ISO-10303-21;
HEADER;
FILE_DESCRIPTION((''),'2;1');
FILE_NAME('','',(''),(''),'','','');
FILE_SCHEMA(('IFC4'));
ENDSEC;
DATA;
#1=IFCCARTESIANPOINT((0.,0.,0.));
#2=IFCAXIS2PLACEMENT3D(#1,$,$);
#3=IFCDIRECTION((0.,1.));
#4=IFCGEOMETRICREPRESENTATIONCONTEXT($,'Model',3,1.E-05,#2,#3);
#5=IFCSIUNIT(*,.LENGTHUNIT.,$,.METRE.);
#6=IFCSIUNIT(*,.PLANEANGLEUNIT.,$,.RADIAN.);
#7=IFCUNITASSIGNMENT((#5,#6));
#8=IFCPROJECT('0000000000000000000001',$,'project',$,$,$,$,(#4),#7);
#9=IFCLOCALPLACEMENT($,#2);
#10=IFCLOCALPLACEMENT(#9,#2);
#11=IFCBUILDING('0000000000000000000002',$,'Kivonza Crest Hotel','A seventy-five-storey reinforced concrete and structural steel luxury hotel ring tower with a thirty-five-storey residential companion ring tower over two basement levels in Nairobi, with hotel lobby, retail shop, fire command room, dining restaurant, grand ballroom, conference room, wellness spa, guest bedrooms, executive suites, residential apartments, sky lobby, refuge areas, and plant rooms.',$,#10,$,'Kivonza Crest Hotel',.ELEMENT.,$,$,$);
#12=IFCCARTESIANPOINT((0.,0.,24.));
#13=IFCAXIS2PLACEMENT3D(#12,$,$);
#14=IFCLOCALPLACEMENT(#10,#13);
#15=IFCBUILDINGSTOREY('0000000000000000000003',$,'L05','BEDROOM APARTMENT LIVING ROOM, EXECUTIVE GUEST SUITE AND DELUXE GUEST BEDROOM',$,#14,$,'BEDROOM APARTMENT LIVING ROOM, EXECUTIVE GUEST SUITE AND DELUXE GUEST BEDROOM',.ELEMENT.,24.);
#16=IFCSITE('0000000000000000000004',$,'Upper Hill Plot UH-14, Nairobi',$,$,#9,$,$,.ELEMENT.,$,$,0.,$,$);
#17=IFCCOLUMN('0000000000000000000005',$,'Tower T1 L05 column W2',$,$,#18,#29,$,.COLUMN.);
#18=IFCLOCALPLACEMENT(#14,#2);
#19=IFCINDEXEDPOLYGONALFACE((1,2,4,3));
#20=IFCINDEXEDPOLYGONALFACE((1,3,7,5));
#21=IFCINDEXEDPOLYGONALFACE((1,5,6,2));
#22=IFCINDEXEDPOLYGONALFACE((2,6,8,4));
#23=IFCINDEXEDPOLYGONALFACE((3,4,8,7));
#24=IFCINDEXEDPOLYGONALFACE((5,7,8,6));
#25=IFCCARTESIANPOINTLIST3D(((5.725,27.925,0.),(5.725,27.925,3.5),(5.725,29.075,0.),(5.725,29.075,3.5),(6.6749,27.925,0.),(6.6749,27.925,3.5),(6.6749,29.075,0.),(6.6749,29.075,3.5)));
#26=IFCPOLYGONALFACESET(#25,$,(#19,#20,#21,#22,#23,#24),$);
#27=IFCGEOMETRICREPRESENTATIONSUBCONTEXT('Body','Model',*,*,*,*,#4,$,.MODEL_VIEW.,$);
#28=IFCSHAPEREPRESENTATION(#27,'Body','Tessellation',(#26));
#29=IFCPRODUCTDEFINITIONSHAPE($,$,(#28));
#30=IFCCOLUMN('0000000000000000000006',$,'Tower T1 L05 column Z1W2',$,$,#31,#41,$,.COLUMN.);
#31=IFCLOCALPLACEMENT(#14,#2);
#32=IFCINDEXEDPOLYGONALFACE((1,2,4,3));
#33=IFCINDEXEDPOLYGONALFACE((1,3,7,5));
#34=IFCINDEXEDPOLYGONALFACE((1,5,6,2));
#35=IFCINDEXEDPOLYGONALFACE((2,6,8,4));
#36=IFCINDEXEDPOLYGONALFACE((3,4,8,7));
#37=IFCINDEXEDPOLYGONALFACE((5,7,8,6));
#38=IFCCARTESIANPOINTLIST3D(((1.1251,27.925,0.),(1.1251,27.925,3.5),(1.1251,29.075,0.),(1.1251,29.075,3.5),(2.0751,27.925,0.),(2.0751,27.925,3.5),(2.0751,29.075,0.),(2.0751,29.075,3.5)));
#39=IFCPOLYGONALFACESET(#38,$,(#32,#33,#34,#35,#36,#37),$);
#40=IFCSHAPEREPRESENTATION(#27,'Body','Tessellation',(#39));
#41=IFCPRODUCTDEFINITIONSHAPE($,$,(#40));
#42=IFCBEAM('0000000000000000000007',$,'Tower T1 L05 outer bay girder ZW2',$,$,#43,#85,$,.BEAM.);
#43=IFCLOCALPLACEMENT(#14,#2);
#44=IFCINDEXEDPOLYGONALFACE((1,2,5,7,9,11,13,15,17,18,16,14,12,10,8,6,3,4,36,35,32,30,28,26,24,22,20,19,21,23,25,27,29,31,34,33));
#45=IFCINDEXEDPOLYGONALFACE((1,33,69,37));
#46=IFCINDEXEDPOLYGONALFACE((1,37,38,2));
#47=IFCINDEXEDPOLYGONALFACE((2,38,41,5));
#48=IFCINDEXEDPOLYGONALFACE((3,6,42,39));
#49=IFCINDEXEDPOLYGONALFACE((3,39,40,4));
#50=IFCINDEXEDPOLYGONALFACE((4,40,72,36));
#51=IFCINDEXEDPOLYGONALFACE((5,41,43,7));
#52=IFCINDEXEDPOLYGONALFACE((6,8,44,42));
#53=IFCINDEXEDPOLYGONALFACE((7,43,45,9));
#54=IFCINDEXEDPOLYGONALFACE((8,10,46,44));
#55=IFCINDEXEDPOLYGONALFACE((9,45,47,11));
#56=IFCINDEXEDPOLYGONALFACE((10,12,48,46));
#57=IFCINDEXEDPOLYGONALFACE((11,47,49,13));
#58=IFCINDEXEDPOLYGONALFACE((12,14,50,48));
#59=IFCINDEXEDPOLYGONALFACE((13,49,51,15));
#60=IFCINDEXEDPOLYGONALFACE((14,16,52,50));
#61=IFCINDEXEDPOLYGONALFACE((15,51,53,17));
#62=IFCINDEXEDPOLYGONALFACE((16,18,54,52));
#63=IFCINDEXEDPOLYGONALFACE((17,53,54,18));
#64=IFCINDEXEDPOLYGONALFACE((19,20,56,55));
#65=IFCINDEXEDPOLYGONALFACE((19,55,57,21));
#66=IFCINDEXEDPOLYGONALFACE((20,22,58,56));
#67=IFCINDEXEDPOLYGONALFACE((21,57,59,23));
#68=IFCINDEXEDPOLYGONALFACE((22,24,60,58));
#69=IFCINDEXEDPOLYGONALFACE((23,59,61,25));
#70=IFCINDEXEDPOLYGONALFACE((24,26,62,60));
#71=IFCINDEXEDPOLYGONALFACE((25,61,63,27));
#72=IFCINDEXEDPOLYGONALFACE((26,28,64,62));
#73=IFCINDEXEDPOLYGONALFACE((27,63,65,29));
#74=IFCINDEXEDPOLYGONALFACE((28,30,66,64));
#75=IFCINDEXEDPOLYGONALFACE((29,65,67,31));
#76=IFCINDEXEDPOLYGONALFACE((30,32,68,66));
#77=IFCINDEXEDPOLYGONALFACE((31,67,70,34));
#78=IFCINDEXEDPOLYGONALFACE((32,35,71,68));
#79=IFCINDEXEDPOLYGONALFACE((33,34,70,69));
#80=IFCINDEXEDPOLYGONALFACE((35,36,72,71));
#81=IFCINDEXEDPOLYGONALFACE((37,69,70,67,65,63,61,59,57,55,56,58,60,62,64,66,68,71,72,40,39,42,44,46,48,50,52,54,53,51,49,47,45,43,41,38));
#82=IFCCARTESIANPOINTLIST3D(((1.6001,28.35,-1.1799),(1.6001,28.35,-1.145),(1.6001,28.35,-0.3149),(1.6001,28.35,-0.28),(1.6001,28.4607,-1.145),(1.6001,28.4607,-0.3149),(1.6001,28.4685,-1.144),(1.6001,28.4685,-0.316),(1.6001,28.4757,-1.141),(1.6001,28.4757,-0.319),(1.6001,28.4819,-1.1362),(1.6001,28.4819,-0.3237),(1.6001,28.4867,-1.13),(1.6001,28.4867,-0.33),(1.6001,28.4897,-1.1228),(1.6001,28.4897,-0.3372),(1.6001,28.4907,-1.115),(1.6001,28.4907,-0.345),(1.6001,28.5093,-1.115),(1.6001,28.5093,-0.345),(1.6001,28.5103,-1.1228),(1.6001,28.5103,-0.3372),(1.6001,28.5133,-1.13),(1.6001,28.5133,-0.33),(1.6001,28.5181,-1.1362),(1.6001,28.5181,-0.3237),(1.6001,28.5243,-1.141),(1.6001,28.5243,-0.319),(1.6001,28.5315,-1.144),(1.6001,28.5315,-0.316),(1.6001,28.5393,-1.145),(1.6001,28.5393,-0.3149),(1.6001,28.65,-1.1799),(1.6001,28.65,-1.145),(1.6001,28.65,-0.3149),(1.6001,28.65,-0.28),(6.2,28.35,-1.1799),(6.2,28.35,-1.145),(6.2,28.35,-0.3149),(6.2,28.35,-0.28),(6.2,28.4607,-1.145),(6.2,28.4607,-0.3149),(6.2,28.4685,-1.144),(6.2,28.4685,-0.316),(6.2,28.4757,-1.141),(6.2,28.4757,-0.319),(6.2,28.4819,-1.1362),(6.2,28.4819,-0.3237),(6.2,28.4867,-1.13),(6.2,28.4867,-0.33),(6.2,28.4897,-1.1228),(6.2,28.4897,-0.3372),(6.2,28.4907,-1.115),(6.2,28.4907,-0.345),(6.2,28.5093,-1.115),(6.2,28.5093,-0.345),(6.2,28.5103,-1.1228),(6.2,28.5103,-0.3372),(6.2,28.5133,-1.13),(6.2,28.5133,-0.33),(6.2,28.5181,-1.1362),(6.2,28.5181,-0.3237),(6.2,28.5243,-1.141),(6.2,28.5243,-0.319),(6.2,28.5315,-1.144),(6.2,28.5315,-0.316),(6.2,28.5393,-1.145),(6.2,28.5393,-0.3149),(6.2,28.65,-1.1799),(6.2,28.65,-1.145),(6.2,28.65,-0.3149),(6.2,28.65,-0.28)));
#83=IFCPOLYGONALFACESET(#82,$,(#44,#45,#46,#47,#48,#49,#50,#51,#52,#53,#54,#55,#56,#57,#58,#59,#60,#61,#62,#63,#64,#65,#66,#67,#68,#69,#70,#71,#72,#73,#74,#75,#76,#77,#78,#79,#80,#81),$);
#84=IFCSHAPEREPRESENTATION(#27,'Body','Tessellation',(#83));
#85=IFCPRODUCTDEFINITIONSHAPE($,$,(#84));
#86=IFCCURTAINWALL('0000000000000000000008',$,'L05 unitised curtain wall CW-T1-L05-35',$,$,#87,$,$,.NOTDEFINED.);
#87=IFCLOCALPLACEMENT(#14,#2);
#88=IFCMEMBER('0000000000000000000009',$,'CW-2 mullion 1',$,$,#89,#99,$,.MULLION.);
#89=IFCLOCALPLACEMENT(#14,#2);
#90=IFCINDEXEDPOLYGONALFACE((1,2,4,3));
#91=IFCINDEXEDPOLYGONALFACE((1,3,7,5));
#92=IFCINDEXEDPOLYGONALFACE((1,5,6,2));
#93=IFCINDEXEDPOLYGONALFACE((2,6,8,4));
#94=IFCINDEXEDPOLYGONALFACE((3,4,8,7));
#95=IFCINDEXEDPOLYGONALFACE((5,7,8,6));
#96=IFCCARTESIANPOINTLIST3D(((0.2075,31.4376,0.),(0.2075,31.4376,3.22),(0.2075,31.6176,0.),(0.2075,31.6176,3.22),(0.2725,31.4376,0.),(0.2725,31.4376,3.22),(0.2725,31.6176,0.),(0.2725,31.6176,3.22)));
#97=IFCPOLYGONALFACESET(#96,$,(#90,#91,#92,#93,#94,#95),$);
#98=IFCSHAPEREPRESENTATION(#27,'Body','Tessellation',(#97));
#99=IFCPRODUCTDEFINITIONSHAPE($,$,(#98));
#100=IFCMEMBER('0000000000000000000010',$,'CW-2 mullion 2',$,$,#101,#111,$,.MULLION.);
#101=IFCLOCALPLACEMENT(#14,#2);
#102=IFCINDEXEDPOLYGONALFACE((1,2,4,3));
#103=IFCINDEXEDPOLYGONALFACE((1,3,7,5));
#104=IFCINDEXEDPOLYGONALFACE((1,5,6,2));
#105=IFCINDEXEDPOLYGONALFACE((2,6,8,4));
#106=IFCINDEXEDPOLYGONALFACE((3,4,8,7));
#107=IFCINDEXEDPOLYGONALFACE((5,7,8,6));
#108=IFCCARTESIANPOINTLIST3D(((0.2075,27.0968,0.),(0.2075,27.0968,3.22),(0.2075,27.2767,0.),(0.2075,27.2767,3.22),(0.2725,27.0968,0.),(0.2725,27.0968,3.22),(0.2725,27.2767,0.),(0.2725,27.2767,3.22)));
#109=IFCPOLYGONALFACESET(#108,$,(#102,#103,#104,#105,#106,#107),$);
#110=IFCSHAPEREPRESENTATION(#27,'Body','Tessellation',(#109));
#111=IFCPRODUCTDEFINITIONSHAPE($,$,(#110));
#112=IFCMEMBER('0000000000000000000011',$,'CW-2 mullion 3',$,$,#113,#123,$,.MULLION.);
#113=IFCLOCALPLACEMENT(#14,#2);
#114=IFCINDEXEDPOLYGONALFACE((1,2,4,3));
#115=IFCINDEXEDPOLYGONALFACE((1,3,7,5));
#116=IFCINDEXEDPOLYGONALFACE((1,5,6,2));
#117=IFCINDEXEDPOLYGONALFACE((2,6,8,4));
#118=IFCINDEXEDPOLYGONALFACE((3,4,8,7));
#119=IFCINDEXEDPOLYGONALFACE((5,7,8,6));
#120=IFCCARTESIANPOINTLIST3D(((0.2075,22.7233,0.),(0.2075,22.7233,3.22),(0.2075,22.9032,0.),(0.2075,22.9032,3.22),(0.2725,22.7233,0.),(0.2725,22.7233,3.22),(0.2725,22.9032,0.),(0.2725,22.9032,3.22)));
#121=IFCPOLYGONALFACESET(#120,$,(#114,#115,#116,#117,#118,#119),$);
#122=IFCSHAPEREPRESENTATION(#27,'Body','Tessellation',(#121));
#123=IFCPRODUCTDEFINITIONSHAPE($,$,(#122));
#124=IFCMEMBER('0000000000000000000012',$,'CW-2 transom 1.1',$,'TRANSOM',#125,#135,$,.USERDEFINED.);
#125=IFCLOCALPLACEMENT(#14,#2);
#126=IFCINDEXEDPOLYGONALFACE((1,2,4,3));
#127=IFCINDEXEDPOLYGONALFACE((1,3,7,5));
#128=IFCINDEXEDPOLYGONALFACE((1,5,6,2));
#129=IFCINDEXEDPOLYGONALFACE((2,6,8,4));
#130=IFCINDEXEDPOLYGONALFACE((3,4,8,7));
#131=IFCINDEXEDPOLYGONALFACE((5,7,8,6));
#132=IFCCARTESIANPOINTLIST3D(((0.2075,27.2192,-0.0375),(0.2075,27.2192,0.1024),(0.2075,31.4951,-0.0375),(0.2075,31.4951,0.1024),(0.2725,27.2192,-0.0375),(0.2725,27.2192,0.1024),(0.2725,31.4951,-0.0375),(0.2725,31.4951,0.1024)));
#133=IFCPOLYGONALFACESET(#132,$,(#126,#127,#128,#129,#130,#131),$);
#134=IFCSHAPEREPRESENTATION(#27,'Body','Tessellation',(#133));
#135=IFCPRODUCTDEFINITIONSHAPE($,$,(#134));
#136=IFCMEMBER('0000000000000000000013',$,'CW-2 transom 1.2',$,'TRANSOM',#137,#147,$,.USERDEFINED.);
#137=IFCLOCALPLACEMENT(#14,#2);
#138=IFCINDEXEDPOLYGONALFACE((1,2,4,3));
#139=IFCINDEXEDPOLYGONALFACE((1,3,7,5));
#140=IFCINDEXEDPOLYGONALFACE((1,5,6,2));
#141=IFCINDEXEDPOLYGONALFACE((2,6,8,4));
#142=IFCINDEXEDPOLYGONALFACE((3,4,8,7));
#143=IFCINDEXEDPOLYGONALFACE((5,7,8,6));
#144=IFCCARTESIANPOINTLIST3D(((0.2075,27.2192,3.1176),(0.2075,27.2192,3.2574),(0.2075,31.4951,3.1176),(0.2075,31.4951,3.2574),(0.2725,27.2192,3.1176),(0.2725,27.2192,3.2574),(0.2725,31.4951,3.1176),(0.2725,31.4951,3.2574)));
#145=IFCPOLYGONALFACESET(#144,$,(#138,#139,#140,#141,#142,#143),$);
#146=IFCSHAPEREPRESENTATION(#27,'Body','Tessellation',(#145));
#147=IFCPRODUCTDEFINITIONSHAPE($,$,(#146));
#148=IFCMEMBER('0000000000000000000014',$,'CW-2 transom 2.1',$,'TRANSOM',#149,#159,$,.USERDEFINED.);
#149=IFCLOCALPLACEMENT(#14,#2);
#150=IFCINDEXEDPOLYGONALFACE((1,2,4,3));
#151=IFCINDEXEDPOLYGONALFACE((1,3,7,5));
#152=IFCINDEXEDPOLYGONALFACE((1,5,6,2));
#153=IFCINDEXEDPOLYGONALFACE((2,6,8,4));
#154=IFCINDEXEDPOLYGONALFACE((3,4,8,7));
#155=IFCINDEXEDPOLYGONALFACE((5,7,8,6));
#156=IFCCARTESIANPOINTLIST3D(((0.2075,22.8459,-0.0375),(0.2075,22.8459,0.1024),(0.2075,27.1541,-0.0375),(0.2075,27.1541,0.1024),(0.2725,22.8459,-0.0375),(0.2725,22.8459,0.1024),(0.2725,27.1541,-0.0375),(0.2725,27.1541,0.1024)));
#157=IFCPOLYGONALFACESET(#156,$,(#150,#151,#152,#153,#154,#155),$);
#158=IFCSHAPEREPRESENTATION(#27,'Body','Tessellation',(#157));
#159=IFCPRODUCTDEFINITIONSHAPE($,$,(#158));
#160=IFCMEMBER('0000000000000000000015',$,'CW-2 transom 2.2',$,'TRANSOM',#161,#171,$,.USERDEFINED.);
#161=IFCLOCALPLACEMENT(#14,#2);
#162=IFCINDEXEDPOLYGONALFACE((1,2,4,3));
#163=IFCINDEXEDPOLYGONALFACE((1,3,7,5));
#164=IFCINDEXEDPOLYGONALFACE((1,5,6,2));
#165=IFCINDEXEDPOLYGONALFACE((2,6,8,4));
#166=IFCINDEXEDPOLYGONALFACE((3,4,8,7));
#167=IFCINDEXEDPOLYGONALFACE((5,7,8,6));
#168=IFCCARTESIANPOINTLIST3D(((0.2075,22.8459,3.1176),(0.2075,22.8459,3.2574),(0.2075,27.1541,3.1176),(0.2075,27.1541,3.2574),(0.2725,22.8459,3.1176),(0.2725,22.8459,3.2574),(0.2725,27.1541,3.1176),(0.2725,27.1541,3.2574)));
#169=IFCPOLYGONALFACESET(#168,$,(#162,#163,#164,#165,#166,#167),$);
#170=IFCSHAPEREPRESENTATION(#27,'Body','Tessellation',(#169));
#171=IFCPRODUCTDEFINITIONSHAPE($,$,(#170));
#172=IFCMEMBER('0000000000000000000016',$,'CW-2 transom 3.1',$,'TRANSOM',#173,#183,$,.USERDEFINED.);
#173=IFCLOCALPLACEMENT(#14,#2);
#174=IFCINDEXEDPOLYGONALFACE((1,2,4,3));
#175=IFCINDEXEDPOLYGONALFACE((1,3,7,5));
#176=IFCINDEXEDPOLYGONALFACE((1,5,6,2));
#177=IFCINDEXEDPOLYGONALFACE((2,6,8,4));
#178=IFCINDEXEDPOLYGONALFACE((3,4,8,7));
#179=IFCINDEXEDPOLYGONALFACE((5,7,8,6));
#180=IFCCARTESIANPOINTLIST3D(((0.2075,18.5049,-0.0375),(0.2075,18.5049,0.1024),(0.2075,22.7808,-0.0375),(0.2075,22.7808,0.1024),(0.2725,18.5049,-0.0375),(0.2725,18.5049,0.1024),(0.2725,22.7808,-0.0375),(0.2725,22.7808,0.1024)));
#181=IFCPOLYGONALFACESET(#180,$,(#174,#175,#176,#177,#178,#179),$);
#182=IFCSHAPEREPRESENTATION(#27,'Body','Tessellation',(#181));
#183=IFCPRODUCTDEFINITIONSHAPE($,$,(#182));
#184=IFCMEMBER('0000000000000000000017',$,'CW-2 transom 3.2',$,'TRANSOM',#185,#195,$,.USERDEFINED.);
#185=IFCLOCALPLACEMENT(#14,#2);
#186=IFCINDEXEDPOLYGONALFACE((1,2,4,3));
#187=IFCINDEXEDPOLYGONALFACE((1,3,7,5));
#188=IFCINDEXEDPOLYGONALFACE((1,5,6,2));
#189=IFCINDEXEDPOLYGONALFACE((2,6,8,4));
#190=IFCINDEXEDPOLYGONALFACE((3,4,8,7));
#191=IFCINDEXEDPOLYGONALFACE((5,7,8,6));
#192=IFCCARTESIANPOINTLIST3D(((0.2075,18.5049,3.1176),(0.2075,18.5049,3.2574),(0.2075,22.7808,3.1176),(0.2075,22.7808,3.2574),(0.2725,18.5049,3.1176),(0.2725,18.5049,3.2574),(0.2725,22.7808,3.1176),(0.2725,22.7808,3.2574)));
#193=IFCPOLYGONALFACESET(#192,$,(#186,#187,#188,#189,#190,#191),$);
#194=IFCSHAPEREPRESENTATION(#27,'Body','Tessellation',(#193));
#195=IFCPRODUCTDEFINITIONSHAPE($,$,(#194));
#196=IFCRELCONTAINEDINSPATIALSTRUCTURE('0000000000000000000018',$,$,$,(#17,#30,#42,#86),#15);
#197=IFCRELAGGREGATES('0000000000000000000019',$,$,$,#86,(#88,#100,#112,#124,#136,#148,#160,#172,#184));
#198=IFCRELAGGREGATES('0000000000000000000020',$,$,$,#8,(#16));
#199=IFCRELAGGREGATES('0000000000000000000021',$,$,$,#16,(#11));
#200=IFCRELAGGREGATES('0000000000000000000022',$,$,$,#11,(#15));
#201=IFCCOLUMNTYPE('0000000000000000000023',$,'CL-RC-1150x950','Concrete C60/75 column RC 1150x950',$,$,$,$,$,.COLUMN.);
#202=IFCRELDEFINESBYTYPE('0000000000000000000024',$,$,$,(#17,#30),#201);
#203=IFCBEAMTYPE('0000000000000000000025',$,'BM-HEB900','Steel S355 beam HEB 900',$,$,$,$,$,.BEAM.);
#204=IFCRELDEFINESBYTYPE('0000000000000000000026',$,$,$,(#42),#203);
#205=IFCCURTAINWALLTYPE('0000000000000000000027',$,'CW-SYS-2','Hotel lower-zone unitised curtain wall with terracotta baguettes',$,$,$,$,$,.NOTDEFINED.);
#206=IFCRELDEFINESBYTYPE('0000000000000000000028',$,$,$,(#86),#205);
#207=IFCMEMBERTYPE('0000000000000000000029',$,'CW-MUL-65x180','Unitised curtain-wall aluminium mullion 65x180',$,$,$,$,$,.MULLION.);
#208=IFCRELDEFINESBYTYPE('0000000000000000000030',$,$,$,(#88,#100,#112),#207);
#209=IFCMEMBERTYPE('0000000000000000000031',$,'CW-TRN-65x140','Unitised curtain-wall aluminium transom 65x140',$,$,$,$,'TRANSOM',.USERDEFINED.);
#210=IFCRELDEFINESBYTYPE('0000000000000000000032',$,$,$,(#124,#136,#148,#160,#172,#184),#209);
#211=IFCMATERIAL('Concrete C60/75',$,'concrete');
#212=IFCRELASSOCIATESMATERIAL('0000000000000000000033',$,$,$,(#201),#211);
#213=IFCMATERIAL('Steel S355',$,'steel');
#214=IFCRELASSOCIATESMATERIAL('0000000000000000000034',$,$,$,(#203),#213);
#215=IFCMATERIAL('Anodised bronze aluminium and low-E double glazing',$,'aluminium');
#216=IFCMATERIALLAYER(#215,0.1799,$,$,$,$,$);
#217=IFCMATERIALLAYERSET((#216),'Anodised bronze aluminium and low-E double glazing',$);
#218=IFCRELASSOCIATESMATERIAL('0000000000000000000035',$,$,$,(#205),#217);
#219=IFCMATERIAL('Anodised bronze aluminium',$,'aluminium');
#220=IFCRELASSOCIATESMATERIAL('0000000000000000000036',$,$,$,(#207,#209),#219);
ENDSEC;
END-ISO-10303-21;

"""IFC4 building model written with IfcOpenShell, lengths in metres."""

from ifc_helpers import new_model, si_unit, direction, frame, origin, origin_2d, place, context, subcontext, project, spatial, rectangle, i_section, extrude, material, layer, layer_set, material_profile, profile_set, type_object, element, aggregate, save


model = new_model("IFC4")

# Units and contexts
model_context = context("Model", 3, precision=1e-05, world=origin(), true_north=direction((0.0, 1.0)))
body_context = subcontext(model_context, "Body", "Model", "MODEL_VIEW")
ifc_project = project(units=[si_unit("LENGTHUNIT", "METRE"), si_unit("PLANEANGLEUNIT", "RADIAN")], contexts=[model_context])

# Site, building, storey
site_placement = place(None, origin())
site = spatial("IfcSite", under=ifc_project, at=site_placement, Name="Upper Hill Plot UH-14, Nairobi", CompositionType="ELEMENT", RefElevation=0.0)
building_placement = place(site_placement, origin())
building = spatial("IfcBuilding", under=site, at=building_placement, Name="Kivonza Crest Hotel", Description="A seventy-five-storey reinforced concrete and structural steel luxury hotel ring tower with a thirty-five-storey residential companion ring tower over two basement levels in Nairobi, with hotel lobby, retail shop, fire command room, dining restaurant, grand ballroom, conference room, wellness spa, guest bedrooms, executive suites, residential apartments, sky lobby, refuge areas, and plant rooms.", LongName="Kivonza Crest Hotel", CompositionType="ELEMENT")
storey_placement = place(building_placement, frame((0.0, 0.0, 24.0)))
storey = spatial("IfcBuildingStorey", under=building, at=storey_placement, Name="L05", Description="BEDROOM APARTMENT LIVING ROOM, EXECUTIVE GUEST SUITE AND DELUXE GUEST BEDROOM", LongName="BEDROOM APARTMENT LIVING ROOM, EXECUTIVE GUEST SUITE AND DELUXE GUEST BEDROOM", CompositionType="ELEMENT", Elevation=24.0)

# Columns
ifc_material_1 = material(Name="Concrete C60/75", Category="concrete")
ifc_material_profile_1 = material_profile(ifc_material_1, rectangle(XDim=0.95, YDim=1.1499, at=origin_2d()), Name="RC 1150x950")
ifc_profile_set_1 = profile_set([ifc_material_profile_1], Name="Concrete C60/75")
column_type = type_object("IfcColumnType", Name="CL-RC-1150x950", Description="Concrete C60/75 column RC 1150x950", PredefinedType="COLUMN", material=ifc_profile_set_1)
for number, where, z_axis, x_axis, name in (
    (1, (6.2, 28.5, 0.0), (0.0, 0.0, 1.0), (1.0, 0.0, 0.0), "Tower T1 L05 column W2"),
    (2, (1.6001, 28.5, 0.0), (0.0, 0.0, 1.0), (1.0, 0.0, 0.0), "Tower T1 L05 column Z1W2"),
):
    element("IfcColumn", number, at=place(storey_placement, frame(where, z_axis=z_axis, x_axis=x_axis)), inside=storey, type_object=column_type, Name=name, PredefinedType="COLUMN", context=body_context, shape_type="SweptSolid", body=[
        extrude(rectangle(XDim=0.95, YDim=1.1499, at=origin_2d()), origin(), (0.0, 0.0, 1.0), 3.5),
    ])

# Beam
ifc_material_2 = material(Name="Steel S355", Category="steel")
ifc_material_profile_2 = material_profile(ifc_material_2, i_section(OverallWidth=0.3, OverallDepth=0.8999, WebThickness=0.0186, FlangeThickness=0.0349, FilletRadius=0.03, at=origin_2d()), Name="HEB 900")
ifc_profile_set_2 = profile_set([ifc_material_profile_2], Name="Steel S355")
beam_type = type_object("IfcBeamType", Name="BM-HEB900", Description="Steel S355 beam HEB 900", PredefinedType="BEAM", material=ifc_profile_set_2)
beam_placement = place(storey_placement, frame((1.6001, 28.5, -0.73), z_axis=(1.0, 0.0, 0.0), x_axis=(0.0, 1.0, 0.0)))
element("IfcBeam", 3, at=beam_placement, inside=storey, type_object=beam_type, Name="Tower T1 L05 outer bay girder ZW2", PredefinedType="BEAM", context=body_context, shape_type="SweptSolid", body=[
    extrude(i_section(OverallWidth=0.3, OverallDepth=0.8999, WebThickness=0.0186, FlangeThickness=0.0349, FilletRadius=0.03, at=origin_2d()), origin(), (0.0, 0.0, 1.0), 4.5999),
])

# Curtain wall, members
ifc_material_3 = material(Name="Anodised bronze aluminium and low-E double glazing", Category="aluminium")
ifc_layer_1 = layer(ifc_material_3, 0.1799)
ifc_layer_set_1 = layer_set([ifc_layer_1], Name="Anodised bronze aluminium and low-E double glazing")
curtain_wall_type = type_object("IfcCurtainWallType", Name="CW-SYS-2", Description="Hotel lower-zone unitised curtain wall with terracotta baguettes", PredefinedType="NOTDEFINED", material=ifc_layer_set_1)
curtain_wall_placement = place(storey_placement, origin())
curtain_wall = element("IfcCurtainWall", 4, at=curtain_wall_placement, inside=storey, type_object=curtain_wall_type, Name="L05 unitised curtain wall CW-T1-L05-35", PredefinedType="NOTDEFINED")
ifc_material_4 = material(Name="Anodised bronze aluminium", Category="aluminium")
ifc_material_profile_3 = material_profile(ifc_material_4, rectangle(XDim=0.0649, YDim=0.1799, at=origin_2d()), Name="CW-M 65x180")
ifc_profile_set_3 = profile_set([ifc_material_profile_3], Name="Anodised bronze aluminium")
member_type_1 = type_object("IfcMemberType", Name="CW-MUL-65x180", Description="Unitised curtain-wall aluminium mullion 65x180", PredefinedType="MULLION", material=ifc_profile_set_3)
member_1_placement = place(storey_placement, frame((0.24, 31.5276, 0.0), z_axis=(0.0, 0.0, 1.0), x_axis=(1.0, 0.0, 0.0)))
member_1 = element("IfcMember", 5, at=member_1_placement, type_object=member_type_1, Name="CW-2 mullion 1", PredefinedType="MULLION", context=body_context, shape_type="SweptSolid", body=[
    extrude(rectangle(XDim=0.0649, YDim=0.1799, at=origin_2d()), origin(), (0.0, 0.0, 1.0), 3.22),
])
member_2_placement = place(storey_placement, frame((0.24, 27.1868, 0.0), z_axis=(0.0, 0.0, 1.0), x_axis=(1.0, 0.0, 0.0)))
member_2 = element("IfcMember", 6, at=member_2_placement, type_object=member_type_1, Name="CW-2 mullion 2", PredefinedType="MULLION", context=body_context, shape_type="SweptSolid", body=[
    extrude(rectangle(XDim=0.0649, YDim=0.1799, at=origin_2d()), origin(), (0.0, 0.0, 1.0), 3.22),
])
member_3_placement = place(storey_placement, frame((0.24, 22.8132, 0.0), z_axis=(0.0, 0.0, 1.0), x_axis=(1.0, 0.0, 0.0)))
member_3 = element("IfcMember", 7, at=member_3_placement, type_object=member_type_1, Name="CW-2 mullion 3", PredefinedType="MULLION", context=body_context, shape_type="SweptSolid", body=[
    extrude(rectangle(XDim=0.0649, YDim=0.1799, at=origin_2d()), origin(), (0.0, 0.0, 1.0), 3.22),
])
ifc_material_profile_4 = material_profile(ifc_material_4, rectangle(XDim=0.0649, YDim=0.1399, at=origin_2d()), Name="CW-T 65x140")
ifc_profile_set_4 = profile_set([ifc_material_profile_4], Name="Anodised bronze aluminium")
member_type_2 = type_object("IfcMemberType", Name="CW-TRN-65x140", Description="Unitised curtain-wall aluminium transom 65x140", ElementType="TRANSOM", PredefinedType="USERDEFINED", material=ifc_profile_set_4)
member_4_placement = place(storey_placement, frame((0.24, 31.4951, 0.0325), z_axis=(0.0, -1.0, 0.0), x_axis=(1.0, 0.0, 0.0)))
member_4 = element("IfcMember", 8, at=member_4_placement, type_object=member_type_2, Name="CW-2 transom 1.1", ObjectType="TRANSOM", PredefinedType="USERDEFINED", context=body_context, shape_type="SweptSolid", body=[
    extrude(rectangle(XDim=0.0649, YDim=0.1399, at=origin_2d()), origin(), (0.0, 0.0, 1.0), 4.2759),
])
member_5_placement = place(storey_placement, frame((0.24, 31.4951, 3.1875), z_axis=(0.0, -1.0, 0.0), x_axis=(1.0, 0.0, 0.0)))
member_5 = element("IfcMember", 9, at=member_5_placement, type_object=member_type_2, Name="CW-2 transom 1.2", ObjectType="TRANSOM", PredefinedType="USERDEFINED", context=body_context, shape_type="SweptSolid", body=[
    extrude(rectangle(XDim=0.0649, YDim=0.1399, at=origin_2d()), origin(), (0.0, 0.0, 1.0), 4.2759),
])
member_6_placement = place(storey_placement, frame((0.24, 27.1541, 0.0325), z_axis=(0.0, -1.0, 0.0), x_axis=(1.0, 0.0, 0.0)))
member_6 = element("IfcMember", 10, at=member_6_placement, type_object=member_type_2, Name="CW-2 transom 2.1", ObjectType="TRANSOM", PredefinedType="USERDEFINED", context=body_context, shape_type="SweptSolid", body=[
    extrude(rectangle(XDim=0.0649, YDim=0.1399, at=origin_2d()), origin(), (0.0, 0.0, 1.0), 4.3081),
])
member_7_placement = place(storey_placement, frame((0.24, 27.1541, 3.1875), z_axis=(0.0, -1.0, 0.0), x_axis=(1.0, 0.0, 0.0)))
member_7 = element("IfcMember", 11, at=member_7_placement, type_object=member_type_2, Name="CW-2 transom 2.2", ObjectType="TRANSOM", PredefinedType="USERDEFINED", context=body_context, shape_type="SweptSolid", body=[
    extrude(rectangle(XDim=0.0649, YDim=0.1399, at=origin_2d()), origin(), (0.0, 0.0, 1.0), 4.3081),
])
member_8_placement = place(storey_placement, frame((0.24, 22.7808, 0.0325), z_axis=(0.0, -1.0, 0.0), x_axis=(1.0, 0.0, 0.0)))
member_8 = element("IfcMember", 12, at=member_8_placement, type_object=member_type_2, Name="CW-2 transom 3.1", ObjectType="TRANSOM", PredefinedType="USERDEFINED", context=body_context, shape_type="SweptSolid", body=[
    extrude(rectangle(XDim=0.0649, YDim=0.1399, at=origin_2d()), origin(), (0.0, 0.0, 1.0), 4.2759),
])
member_9_placement = place(storey_placement, frame((0.24, 22.7808, 3.1875), z_axis=(0.0, -1.0, 0.0), x_axis=(1.0, 0.0, 0.0)))
member_9 = element("IfcMember", 13, at=member_9_placement, type_object=member_type_2, Name="CW-2 transom 3.2", ObjectType="TRANSOM", PredefinedType="USERDEFINED", context=body_context, shape_type="SweptSolid", body=[
    extrude(rectangle(XDim=0.0649, YDim=0.1399, at=origin_2d()), origin(), (0.0, 0.0, 1.0), 4.2759),
])
aggregate(curtain_wall, [member_1, member_2, member_3, member_4, member_5, member_6, member_7, member_8, member_9])

save(model, "model.ifc")
